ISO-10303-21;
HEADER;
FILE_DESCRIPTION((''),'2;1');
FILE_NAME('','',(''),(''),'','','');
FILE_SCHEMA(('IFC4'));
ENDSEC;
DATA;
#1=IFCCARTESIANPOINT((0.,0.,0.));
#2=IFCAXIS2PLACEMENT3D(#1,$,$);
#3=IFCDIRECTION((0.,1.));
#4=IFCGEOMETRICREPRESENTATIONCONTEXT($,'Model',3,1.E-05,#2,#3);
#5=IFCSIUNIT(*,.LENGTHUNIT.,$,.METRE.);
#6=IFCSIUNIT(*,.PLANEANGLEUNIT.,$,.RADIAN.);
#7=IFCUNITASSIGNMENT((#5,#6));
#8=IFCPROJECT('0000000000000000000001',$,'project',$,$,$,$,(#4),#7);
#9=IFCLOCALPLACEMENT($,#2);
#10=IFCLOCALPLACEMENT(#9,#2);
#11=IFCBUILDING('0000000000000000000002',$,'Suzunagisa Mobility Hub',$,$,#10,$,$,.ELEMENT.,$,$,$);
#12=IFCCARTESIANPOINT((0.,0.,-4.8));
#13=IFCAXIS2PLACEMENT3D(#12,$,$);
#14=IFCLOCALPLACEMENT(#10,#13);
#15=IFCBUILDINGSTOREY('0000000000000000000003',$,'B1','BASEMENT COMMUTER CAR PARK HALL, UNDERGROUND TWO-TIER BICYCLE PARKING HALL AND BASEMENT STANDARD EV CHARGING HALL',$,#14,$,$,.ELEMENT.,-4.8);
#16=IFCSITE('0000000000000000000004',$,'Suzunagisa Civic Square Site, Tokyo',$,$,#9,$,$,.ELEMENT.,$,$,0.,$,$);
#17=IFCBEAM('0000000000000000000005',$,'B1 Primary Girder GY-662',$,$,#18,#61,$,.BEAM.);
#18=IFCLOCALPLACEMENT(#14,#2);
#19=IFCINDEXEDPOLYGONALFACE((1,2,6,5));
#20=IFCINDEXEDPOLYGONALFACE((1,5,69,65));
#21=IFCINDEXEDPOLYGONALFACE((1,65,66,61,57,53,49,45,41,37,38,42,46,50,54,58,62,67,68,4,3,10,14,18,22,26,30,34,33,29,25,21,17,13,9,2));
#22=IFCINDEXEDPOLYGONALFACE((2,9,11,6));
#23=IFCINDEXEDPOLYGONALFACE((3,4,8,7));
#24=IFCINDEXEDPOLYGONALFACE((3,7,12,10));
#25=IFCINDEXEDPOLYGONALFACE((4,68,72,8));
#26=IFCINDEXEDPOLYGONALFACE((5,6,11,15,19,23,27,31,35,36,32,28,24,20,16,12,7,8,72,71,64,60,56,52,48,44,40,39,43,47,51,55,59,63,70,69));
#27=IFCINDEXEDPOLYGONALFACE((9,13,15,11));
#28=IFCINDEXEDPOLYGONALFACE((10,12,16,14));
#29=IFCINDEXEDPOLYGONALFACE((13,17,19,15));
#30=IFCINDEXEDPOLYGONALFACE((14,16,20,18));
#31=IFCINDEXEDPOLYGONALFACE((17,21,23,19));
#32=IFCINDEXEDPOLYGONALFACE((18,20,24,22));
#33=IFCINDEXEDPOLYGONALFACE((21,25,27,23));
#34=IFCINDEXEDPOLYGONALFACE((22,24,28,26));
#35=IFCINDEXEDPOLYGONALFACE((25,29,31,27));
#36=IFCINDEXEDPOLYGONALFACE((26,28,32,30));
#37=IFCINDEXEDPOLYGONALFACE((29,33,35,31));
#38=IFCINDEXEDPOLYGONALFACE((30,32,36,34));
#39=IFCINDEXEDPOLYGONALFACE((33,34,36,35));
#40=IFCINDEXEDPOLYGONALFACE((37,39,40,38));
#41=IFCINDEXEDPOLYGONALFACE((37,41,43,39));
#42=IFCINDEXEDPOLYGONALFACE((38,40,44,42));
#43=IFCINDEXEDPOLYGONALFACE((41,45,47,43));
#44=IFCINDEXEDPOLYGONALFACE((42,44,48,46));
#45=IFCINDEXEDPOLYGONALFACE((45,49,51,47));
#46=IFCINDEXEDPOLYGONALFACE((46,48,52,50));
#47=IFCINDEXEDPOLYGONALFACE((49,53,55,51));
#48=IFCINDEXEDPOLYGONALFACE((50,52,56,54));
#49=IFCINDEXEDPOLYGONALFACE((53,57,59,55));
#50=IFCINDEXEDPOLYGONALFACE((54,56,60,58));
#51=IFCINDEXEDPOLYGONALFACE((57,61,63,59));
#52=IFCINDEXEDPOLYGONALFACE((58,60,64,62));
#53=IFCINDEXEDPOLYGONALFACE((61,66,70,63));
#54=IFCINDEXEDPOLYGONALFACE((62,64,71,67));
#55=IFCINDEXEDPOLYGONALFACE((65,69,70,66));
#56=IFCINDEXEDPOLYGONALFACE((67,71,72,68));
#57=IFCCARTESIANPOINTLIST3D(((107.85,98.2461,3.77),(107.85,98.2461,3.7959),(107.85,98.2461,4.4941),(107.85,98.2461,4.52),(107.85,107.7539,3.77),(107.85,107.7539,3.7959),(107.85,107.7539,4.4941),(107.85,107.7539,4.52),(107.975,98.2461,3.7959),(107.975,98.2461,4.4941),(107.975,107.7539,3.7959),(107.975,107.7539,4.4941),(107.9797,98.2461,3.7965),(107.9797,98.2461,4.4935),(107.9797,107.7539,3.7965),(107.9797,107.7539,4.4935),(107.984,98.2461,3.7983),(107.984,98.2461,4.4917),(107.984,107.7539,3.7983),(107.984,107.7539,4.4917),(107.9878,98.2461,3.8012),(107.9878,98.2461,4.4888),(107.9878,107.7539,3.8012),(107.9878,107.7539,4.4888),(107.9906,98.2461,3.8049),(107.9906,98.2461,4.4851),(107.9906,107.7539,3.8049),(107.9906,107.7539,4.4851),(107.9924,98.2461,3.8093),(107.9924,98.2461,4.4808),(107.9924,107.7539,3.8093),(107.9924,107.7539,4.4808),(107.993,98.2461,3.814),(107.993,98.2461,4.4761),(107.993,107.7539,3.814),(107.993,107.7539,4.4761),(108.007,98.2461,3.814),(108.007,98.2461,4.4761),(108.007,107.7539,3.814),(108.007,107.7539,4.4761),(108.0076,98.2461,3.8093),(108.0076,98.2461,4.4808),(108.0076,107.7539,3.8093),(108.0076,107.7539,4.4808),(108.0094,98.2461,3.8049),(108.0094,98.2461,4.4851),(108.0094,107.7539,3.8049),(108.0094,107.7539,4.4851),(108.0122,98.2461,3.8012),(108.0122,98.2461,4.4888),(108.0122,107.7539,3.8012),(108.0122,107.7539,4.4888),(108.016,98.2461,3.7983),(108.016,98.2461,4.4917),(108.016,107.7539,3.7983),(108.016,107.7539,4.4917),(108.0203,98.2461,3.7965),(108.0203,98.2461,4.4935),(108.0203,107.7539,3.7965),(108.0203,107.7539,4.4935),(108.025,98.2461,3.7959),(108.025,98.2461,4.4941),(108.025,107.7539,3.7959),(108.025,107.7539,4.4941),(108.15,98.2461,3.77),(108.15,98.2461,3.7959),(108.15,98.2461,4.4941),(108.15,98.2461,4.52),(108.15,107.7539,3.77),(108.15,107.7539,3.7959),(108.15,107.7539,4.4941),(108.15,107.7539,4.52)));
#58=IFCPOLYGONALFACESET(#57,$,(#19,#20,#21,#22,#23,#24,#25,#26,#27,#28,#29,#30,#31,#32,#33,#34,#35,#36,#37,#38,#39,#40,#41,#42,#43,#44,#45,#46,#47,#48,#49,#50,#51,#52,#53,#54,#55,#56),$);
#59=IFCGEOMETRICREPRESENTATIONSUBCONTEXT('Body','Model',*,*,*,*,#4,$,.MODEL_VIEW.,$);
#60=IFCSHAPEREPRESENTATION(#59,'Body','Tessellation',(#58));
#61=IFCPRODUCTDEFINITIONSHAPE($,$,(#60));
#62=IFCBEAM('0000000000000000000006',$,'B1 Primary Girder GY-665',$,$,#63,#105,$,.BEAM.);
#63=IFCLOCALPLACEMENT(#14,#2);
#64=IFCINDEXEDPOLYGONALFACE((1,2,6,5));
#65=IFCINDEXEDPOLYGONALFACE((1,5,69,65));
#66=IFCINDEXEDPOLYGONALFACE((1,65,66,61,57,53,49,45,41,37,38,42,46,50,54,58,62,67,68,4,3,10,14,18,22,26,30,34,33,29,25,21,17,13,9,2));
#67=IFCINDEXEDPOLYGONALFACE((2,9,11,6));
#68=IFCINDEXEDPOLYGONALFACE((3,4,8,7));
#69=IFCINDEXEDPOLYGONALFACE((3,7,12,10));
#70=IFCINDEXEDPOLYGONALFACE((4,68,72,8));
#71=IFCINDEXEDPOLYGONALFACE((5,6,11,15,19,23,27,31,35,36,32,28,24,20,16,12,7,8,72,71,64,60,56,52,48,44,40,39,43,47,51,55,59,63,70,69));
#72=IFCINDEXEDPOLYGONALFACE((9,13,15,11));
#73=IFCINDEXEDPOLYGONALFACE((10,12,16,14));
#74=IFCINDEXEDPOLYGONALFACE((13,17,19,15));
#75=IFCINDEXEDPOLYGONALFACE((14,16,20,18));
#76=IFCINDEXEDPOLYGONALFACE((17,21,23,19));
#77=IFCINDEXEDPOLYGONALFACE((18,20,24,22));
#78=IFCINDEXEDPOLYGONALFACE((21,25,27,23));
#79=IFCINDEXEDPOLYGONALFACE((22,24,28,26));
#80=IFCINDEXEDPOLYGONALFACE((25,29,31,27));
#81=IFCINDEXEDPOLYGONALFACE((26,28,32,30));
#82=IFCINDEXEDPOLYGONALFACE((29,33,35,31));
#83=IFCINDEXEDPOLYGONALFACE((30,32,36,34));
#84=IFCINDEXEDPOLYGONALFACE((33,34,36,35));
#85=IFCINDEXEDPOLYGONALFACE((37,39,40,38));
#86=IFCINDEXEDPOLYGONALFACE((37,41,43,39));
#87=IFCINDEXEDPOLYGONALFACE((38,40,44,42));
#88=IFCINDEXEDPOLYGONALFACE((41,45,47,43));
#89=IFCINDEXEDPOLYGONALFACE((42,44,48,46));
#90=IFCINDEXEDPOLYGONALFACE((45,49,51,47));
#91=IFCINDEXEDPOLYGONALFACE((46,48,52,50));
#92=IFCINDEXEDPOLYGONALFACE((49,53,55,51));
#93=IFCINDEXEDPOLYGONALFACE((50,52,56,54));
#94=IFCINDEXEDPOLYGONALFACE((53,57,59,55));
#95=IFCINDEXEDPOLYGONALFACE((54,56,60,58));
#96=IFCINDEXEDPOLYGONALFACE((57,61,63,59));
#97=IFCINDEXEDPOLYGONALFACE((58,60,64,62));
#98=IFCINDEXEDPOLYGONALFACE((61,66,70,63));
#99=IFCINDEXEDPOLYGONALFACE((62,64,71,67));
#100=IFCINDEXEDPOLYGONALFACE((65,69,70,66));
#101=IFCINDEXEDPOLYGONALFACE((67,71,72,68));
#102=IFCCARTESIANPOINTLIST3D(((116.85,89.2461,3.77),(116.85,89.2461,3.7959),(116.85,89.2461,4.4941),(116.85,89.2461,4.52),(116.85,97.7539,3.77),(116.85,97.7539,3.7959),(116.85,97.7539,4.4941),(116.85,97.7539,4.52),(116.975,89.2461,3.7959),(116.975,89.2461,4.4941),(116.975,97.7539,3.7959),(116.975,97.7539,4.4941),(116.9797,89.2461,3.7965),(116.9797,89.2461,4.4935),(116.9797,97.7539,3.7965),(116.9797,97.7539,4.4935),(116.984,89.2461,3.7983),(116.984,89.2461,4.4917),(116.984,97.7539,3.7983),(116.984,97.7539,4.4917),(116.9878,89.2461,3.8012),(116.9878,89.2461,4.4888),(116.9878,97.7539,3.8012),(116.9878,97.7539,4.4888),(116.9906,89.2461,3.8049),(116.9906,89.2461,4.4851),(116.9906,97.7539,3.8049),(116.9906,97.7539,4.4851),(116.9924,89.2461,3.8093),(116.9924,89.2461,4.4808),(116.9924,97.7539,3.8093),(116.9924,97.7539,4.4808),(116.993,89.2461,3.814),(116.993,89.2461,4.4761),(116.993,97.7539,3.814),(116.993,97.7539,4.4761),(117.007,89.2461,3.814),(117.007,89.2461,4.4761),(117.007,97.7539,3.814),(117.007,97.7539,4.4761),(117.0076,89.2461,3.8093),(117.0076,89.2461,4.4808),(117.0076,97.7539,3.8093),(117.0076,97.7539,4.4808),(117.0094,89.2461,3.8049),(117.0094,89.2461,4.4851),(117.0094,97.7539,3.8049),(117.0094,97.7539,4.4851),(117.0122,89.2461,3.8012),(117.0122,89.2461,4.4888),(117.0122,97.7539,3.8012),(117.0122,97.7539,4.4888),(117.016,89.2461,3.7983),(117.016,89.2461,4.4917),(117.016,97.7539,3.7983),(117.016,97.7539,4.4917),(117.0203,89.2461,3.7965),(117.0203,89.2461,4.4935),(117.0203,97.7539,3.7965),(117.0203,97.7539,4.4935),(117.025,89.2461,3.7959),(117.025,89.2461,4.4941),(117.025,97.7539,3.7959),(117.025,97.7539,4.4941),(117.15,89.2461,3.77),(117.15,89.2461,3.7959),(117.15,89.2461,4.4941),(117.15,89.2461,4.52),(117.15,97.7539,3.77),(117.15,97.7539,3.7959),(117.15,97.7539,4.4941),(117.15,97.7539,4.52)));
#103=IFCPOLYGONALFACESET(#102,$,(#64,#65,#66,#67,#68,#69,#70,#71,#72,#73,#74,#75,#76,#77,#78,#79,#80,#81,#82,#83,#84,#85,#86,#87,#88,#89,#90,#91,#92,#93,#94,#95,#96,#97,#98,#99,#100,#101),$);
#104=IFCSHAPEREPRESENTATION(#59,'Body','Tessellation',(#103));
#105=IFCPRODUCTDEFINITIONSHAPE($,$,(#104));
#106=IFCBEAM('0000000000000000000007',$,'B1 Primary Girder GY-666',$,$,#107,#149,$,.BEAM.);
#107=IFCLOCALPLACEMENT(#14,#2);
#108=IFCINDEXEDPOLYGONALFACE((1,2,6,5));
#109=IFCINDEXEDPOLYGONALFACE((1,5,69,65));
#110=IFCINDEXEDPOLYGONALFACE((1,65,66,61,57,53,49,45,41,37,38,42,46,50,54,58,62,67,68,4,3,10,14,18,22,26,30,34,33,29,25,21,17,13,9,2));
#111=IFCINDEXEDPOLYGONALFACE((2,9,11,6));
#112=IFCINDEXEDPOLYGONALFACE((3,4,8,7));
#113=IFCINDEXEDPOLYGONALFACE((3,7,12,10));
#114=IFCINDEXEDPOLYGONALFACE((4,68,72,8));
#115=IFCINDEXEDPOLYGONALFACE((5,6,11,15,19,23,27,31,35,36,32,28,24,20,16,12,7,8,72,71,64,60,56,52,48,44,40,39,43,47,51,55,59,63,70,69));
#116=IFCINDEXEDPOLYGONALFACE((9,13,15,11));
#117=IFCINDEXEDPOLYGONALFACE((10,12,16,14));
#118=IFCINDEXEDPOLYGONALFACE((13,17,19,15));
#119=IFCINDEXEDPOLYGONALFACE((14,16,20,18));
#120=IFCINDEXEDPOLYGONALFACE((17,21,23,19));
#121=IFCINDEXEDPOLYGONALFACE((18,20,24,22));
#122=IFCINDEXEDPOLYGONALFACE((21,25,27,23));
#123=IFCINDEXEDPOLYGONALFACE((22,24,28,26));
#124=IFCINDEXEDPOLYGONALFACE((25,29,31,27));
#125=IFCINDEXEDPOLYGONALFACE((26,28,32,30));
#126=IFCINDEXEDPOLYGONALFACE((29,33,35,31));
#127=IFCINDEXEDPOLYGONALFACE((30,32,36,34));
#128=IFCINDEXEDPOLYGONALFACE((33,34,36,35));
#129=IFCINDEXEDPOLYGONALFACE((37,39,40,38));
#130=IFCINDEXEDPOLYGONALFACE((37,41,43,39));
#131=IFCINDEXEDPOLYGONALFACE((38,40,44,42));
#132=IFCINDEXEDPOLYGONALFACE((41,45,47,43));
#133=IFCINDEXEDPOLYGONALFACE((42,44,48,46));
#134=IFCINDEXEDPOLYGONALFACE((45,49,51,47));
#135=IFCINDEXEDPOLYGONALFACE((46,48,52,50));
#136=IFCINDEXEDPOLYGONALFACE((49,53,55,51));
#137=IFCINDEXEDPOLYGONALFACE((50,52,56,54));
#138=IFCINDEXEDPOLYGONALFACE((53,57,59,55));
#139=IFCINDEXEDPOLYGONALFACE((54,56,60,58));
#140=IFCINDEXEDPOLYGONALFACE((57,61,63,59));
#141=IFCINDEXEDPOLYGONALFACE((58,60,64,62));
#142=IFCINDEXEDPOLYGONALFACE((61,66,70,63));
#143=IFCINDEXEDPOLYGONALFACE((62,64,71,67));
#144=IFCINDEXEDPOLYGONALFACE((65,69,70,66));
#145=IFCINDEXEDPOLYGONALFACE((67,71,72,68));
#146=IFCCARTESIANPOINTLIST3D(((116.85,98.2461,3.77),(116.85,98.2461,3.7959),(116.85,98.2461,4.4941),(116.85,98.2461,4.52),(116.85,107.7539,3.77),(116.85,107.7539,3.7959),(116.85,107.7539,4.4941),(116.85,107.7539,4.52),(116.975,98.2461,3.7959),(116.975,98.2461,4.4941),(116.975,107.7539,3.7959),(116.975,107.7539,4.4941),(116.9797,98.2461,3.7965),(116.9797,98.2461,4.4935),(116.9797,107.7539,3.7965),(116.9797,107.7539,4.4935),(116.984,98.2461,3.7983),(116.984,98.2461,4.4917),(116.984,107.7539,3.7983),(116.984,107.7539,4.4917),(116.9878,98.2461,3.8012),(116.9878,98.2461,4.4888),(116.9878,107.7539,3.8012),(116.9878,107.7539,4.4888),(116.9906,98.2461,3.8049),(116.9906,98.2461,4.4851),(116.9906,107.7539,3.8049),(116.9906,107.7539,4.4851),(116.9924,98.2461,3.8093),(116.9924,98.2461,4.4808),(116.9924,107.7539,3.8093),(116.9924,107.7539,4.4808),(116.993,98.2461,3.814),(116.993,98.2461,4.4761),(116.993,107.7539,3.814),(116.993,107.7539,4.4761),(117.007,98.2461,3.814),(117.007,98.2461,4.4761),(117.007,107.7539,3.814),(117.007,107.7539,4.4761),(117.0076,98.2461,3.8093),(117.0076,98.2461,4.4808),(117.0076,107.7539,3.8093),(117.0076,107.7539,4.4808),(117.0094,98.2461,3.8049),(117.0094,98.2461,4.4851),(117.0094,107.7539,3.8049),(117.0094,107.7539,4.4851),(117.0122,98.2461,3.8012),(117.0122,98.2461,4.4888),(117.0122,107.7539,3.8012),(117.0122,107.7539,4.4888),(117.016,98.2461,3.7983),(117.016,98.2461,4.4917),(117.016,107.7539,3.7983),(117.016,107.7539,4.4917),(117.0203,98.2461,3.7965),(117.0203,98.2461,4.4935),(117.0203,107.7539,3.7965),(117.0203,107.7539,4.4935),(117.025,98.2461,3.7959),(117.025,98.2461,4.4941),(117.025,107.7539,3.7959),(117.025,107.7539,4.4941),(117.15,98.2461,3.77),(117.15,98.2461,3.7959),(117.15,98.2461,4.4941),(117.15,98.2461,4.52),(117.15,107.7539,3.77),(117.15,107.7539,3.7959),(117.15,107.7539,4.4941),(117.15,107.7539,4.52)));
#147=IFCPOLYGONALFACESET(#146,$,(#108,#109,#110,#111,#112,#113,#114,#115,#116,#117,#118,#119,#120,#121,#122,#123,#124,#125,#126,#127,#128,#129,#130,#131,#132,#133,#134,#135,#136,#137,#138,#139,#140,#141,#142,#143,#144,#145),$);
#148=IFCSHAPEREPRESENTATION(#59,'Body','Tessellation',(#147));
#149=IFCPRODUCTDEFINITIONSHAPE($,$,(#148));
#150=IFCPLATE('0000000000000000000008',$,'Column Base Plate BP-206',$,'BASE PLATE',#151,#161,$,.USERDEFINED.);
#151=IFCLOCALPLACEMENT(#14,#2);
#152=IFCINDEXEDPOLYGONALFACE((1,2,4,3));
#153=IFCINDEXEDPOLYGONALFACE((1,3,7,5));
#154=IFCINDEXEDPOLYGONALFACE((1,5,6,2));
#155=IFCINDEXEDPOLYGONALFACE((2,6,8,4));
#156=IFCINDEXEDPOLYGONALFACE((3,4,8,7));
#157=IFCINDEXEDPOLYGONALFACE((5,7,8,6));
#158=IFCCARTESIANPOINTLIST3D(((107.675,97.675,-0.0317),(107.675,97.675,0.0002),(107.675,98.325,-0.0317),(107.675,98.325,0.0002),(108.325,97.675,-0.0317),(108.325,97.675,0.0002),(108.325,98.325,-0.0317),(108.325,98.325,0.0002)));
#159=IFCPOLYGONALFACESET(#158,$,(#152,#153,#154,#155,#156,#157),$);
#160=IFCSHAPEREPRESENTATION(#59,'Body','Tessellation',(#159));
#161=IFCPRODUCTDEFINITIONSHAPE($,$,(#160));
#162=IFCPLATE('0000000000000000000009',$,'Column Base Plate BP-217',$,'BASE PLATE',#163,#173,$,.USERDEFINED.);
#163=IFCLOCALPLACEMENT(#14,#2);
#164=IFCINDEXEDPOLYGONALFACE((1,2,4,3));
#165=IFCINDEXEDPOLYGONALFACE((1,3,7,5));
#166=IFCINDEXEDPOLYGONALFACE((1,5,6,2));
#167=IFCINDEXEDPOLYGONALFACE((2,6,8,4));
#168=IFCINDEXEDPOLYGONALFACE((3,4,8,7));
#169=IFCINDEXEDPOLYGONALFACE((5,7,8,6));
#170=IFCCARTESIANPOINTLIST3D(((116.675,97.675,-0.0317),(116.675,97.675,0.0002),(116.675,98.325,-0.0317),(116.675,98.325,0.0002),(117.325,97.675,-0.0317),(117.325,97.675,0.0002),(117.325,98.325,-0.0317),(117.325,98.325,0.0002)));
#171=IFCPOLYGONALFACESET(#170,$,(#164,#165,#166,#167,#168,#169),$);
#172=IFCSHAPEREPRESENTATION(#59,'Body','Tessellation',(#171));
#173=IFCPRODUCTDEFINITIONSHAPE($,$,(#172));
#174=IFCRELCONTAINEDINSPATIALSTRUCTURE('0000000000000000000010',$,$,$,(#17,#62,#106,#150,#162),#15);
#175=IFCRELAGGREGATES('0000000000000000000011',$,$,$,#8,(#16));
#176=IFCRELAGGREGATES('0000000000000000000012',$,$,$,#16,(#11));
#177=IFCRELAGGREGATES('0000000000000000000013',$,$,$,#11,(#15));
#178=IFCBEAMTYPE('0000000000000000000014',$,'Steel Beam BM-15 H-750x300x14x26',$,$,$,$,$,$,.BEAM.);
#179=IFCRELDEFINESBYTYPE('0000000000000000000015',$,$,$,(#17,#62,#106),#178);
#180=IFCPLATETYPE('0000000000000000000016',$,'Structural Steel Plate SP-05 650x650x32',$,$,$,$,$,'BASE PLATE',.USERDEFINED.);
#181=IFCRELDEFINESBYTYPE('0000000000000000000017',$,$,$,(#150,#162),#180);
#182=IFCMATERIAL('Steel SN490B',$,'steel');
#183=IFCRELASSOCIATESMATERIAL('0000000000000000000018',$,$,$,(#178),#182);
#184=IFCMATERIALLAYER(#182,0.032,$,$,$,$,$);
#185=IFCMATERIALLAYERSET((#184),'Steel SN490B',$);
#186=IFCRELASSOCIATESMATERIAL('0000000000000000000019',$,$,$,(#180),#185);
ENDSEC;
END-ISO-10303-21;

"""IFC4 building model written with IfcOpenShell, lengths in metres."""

from ifc_helpers import new_model, si_unit, direction, frame, origin, origin_2d, place, context, subcontext, project, spatial, rectangle, i_section, extrude, material, layer, layer_set, material_profile, profile_set, type_object, element, save


model = new_model("IFC4")

# Units and contexts
model_context = context("Model", 3, precision=1e-05, world=origin(), true_north=direction((0.0, 1.0)))
body_context = subcontext(model_context, "Body", "Model", "MODEL_VIEW")
ifc_project = project(units=[si_unit("LENGTHUNIT", "METRE"), si_unit("PLANEANGLEUNIT", "RADIAN")], contexts=[model_context])

# Site, building, storey
site_placement = place(None, origin())
site = spatial("IfcSite", under=ifc_project, at=site_placement, Name="Suzunagisa Civic Square Site, Tokyo", CompositionType="ELEMENT", RefElevation=0.0)
building_placement = place(site_placement, origin())
building = spatial("IfcBuilding", under=site, at=building_placement, Name="Suzunagisa Mobility Hub", CompositionType="ELEMENT")
storey_placement = place(building_placement, frame((0.0, 0.0, -4.8)))
storey = spatial("IfcBuildingStorey", under=building, at=storey_placement, Name="B1", Description="BASEMENT COMMUTER CAR PARK HALL, UNDERGROUND TWO-TIER BICYCLE PARKING HALL AND BASEMENT STANDARD EV CHARGING HALL", CompositionType="ELEMENT", Elevation=-4.8)

# Shared definitions
ifc_material_1 = material(Name="Steel SN490B", Category="steel")

# Beams
ifc_material_profile_1 = material_profile(ifc_material_1, i_section(OverallWidth=0.3, OverallDepth=0.75, WebThickness=0.0139, FlangeThickness=0.0259, FilletRadius=0.0181, at=origin_2d()), Name="H-750x300x14x26")
ifc_profile_set_1 = profile_set([ifc_material_profile_1], Name="Steel SN490B")
beam_type_1 = type_object("IfcBeamType", Name="Steel Beam BM-15 H-750x300x14x26", PredefinedType="BEAM", material=ifc_profile_set_1)
beam_1_placement = place(storey_placement, frame((108.0, 98.2461, 4.145), z_axis=(0.0, 1.0, 0.0), x_axis=(-1.0, 0.0, 0.0)))
element("IfcBeam", 1, at=beam_1_placement, inside=storey, type_object=beam_type_1, Name="B1 Primary Girder GY-662", PredefinedType="BEAM", context=body_context, shape_type="SweptSolid", body=[
    extrude(i_section(OverallWidth=0.3, OverallDepth=0.75, WebThickness=0.0139, FlangeThickness=0.0259, FilletRadius=0.0181, at=origin_2d()), origin(), (0.0, 0.0, 1.0), 9.5078),
])
beam_2_placement = place(storey_placement, frame((117.0, 89.2461, 4.145), z_axis=(0.0, 1.0, 0.0), x_axis=(-1.0, 0.0, 0.0)))
element("IfcBeam", 2, at=beam_2_placement, inside=storey, type_object=beam_type_1, Name="B1 Primary Girder GY-665", PredefinedType="BEAM", context=body_context, shape_type="SweptSolid", body=[
    extrude(i_section(OverallWidth=0.3, OverallDepth=0.75, WebThickness=0.0139, FlangeThickness=0.0259, FilletRadius=0.0181, at=origin_2d()), origin(), (0.0, 0.0, 1.0), 8.5078),
])
beam_3_placement = place(storey_placement, frame((117.0, 98.2461, 4.145), z_axis=(0.0, 1.0, 0.0), x_axis=(-1.0, 0.0, 0.0)))
element("IfcBeam", 3, at=beam_3_placement, inside=storey, type_object=beam_type_1, Name="B1 Primary Girder GY-666", PredefinedType="BEAM", context=body_context, shape_type="SweptSolid", body=[
    extrude(i_section(OverallWidth=0.3, OverallDepth=0.75, WebThickness=0.0139, FlangeThickness=0.0259, FilletRadius=0.0181, at=origin_2d()), origin(), (0.0, 0.0, 1.0), 9.5078),
])

# Plates
ifc_layer = layer(ifc_material_1, 0.032)
ifc_layer_set = layer_set([ifc_layer], Name="Steel SN490B")
plate_type = type_object("IfcPlateType", Name="Structural Steel Plate SP-05 650x650x32", ElementType="BASE PLATE", PredefinedType="USERDEFINED", material=ifc_layer_set)
for number, where, z_axis, x_axis, name in (
    (4, (108.0, 98.0, -0.0317), (0.0, 0.0, 1.0), (1.0, 0.0, 0.0), "Column Base Plate BP-206"),
    (5, (117.0, 98.0, -0.0317), (0.0, 0.0, 1.0), (1.0, 0.0, 0.0), "Column Base Plate BP-217"),
):
    element("IfcPlate", number, at=place(storey_placement, frame(where, z_axis=z_axis, x_axis=x_axis)), inside=storey, type_object=plate_type, Name=name, ObjectType="BASE PLATE", PredefinedType="USERDEFINED", context=body_context, shape_type="SweptSolid", body=[
        extrude(rectangle(XDim=0.6499, YDim=0.6499, at=origin_2d()), origin(), (0.0, 0.0, 1.0), 0.032),
    ])

save(model, "model.ifc")
